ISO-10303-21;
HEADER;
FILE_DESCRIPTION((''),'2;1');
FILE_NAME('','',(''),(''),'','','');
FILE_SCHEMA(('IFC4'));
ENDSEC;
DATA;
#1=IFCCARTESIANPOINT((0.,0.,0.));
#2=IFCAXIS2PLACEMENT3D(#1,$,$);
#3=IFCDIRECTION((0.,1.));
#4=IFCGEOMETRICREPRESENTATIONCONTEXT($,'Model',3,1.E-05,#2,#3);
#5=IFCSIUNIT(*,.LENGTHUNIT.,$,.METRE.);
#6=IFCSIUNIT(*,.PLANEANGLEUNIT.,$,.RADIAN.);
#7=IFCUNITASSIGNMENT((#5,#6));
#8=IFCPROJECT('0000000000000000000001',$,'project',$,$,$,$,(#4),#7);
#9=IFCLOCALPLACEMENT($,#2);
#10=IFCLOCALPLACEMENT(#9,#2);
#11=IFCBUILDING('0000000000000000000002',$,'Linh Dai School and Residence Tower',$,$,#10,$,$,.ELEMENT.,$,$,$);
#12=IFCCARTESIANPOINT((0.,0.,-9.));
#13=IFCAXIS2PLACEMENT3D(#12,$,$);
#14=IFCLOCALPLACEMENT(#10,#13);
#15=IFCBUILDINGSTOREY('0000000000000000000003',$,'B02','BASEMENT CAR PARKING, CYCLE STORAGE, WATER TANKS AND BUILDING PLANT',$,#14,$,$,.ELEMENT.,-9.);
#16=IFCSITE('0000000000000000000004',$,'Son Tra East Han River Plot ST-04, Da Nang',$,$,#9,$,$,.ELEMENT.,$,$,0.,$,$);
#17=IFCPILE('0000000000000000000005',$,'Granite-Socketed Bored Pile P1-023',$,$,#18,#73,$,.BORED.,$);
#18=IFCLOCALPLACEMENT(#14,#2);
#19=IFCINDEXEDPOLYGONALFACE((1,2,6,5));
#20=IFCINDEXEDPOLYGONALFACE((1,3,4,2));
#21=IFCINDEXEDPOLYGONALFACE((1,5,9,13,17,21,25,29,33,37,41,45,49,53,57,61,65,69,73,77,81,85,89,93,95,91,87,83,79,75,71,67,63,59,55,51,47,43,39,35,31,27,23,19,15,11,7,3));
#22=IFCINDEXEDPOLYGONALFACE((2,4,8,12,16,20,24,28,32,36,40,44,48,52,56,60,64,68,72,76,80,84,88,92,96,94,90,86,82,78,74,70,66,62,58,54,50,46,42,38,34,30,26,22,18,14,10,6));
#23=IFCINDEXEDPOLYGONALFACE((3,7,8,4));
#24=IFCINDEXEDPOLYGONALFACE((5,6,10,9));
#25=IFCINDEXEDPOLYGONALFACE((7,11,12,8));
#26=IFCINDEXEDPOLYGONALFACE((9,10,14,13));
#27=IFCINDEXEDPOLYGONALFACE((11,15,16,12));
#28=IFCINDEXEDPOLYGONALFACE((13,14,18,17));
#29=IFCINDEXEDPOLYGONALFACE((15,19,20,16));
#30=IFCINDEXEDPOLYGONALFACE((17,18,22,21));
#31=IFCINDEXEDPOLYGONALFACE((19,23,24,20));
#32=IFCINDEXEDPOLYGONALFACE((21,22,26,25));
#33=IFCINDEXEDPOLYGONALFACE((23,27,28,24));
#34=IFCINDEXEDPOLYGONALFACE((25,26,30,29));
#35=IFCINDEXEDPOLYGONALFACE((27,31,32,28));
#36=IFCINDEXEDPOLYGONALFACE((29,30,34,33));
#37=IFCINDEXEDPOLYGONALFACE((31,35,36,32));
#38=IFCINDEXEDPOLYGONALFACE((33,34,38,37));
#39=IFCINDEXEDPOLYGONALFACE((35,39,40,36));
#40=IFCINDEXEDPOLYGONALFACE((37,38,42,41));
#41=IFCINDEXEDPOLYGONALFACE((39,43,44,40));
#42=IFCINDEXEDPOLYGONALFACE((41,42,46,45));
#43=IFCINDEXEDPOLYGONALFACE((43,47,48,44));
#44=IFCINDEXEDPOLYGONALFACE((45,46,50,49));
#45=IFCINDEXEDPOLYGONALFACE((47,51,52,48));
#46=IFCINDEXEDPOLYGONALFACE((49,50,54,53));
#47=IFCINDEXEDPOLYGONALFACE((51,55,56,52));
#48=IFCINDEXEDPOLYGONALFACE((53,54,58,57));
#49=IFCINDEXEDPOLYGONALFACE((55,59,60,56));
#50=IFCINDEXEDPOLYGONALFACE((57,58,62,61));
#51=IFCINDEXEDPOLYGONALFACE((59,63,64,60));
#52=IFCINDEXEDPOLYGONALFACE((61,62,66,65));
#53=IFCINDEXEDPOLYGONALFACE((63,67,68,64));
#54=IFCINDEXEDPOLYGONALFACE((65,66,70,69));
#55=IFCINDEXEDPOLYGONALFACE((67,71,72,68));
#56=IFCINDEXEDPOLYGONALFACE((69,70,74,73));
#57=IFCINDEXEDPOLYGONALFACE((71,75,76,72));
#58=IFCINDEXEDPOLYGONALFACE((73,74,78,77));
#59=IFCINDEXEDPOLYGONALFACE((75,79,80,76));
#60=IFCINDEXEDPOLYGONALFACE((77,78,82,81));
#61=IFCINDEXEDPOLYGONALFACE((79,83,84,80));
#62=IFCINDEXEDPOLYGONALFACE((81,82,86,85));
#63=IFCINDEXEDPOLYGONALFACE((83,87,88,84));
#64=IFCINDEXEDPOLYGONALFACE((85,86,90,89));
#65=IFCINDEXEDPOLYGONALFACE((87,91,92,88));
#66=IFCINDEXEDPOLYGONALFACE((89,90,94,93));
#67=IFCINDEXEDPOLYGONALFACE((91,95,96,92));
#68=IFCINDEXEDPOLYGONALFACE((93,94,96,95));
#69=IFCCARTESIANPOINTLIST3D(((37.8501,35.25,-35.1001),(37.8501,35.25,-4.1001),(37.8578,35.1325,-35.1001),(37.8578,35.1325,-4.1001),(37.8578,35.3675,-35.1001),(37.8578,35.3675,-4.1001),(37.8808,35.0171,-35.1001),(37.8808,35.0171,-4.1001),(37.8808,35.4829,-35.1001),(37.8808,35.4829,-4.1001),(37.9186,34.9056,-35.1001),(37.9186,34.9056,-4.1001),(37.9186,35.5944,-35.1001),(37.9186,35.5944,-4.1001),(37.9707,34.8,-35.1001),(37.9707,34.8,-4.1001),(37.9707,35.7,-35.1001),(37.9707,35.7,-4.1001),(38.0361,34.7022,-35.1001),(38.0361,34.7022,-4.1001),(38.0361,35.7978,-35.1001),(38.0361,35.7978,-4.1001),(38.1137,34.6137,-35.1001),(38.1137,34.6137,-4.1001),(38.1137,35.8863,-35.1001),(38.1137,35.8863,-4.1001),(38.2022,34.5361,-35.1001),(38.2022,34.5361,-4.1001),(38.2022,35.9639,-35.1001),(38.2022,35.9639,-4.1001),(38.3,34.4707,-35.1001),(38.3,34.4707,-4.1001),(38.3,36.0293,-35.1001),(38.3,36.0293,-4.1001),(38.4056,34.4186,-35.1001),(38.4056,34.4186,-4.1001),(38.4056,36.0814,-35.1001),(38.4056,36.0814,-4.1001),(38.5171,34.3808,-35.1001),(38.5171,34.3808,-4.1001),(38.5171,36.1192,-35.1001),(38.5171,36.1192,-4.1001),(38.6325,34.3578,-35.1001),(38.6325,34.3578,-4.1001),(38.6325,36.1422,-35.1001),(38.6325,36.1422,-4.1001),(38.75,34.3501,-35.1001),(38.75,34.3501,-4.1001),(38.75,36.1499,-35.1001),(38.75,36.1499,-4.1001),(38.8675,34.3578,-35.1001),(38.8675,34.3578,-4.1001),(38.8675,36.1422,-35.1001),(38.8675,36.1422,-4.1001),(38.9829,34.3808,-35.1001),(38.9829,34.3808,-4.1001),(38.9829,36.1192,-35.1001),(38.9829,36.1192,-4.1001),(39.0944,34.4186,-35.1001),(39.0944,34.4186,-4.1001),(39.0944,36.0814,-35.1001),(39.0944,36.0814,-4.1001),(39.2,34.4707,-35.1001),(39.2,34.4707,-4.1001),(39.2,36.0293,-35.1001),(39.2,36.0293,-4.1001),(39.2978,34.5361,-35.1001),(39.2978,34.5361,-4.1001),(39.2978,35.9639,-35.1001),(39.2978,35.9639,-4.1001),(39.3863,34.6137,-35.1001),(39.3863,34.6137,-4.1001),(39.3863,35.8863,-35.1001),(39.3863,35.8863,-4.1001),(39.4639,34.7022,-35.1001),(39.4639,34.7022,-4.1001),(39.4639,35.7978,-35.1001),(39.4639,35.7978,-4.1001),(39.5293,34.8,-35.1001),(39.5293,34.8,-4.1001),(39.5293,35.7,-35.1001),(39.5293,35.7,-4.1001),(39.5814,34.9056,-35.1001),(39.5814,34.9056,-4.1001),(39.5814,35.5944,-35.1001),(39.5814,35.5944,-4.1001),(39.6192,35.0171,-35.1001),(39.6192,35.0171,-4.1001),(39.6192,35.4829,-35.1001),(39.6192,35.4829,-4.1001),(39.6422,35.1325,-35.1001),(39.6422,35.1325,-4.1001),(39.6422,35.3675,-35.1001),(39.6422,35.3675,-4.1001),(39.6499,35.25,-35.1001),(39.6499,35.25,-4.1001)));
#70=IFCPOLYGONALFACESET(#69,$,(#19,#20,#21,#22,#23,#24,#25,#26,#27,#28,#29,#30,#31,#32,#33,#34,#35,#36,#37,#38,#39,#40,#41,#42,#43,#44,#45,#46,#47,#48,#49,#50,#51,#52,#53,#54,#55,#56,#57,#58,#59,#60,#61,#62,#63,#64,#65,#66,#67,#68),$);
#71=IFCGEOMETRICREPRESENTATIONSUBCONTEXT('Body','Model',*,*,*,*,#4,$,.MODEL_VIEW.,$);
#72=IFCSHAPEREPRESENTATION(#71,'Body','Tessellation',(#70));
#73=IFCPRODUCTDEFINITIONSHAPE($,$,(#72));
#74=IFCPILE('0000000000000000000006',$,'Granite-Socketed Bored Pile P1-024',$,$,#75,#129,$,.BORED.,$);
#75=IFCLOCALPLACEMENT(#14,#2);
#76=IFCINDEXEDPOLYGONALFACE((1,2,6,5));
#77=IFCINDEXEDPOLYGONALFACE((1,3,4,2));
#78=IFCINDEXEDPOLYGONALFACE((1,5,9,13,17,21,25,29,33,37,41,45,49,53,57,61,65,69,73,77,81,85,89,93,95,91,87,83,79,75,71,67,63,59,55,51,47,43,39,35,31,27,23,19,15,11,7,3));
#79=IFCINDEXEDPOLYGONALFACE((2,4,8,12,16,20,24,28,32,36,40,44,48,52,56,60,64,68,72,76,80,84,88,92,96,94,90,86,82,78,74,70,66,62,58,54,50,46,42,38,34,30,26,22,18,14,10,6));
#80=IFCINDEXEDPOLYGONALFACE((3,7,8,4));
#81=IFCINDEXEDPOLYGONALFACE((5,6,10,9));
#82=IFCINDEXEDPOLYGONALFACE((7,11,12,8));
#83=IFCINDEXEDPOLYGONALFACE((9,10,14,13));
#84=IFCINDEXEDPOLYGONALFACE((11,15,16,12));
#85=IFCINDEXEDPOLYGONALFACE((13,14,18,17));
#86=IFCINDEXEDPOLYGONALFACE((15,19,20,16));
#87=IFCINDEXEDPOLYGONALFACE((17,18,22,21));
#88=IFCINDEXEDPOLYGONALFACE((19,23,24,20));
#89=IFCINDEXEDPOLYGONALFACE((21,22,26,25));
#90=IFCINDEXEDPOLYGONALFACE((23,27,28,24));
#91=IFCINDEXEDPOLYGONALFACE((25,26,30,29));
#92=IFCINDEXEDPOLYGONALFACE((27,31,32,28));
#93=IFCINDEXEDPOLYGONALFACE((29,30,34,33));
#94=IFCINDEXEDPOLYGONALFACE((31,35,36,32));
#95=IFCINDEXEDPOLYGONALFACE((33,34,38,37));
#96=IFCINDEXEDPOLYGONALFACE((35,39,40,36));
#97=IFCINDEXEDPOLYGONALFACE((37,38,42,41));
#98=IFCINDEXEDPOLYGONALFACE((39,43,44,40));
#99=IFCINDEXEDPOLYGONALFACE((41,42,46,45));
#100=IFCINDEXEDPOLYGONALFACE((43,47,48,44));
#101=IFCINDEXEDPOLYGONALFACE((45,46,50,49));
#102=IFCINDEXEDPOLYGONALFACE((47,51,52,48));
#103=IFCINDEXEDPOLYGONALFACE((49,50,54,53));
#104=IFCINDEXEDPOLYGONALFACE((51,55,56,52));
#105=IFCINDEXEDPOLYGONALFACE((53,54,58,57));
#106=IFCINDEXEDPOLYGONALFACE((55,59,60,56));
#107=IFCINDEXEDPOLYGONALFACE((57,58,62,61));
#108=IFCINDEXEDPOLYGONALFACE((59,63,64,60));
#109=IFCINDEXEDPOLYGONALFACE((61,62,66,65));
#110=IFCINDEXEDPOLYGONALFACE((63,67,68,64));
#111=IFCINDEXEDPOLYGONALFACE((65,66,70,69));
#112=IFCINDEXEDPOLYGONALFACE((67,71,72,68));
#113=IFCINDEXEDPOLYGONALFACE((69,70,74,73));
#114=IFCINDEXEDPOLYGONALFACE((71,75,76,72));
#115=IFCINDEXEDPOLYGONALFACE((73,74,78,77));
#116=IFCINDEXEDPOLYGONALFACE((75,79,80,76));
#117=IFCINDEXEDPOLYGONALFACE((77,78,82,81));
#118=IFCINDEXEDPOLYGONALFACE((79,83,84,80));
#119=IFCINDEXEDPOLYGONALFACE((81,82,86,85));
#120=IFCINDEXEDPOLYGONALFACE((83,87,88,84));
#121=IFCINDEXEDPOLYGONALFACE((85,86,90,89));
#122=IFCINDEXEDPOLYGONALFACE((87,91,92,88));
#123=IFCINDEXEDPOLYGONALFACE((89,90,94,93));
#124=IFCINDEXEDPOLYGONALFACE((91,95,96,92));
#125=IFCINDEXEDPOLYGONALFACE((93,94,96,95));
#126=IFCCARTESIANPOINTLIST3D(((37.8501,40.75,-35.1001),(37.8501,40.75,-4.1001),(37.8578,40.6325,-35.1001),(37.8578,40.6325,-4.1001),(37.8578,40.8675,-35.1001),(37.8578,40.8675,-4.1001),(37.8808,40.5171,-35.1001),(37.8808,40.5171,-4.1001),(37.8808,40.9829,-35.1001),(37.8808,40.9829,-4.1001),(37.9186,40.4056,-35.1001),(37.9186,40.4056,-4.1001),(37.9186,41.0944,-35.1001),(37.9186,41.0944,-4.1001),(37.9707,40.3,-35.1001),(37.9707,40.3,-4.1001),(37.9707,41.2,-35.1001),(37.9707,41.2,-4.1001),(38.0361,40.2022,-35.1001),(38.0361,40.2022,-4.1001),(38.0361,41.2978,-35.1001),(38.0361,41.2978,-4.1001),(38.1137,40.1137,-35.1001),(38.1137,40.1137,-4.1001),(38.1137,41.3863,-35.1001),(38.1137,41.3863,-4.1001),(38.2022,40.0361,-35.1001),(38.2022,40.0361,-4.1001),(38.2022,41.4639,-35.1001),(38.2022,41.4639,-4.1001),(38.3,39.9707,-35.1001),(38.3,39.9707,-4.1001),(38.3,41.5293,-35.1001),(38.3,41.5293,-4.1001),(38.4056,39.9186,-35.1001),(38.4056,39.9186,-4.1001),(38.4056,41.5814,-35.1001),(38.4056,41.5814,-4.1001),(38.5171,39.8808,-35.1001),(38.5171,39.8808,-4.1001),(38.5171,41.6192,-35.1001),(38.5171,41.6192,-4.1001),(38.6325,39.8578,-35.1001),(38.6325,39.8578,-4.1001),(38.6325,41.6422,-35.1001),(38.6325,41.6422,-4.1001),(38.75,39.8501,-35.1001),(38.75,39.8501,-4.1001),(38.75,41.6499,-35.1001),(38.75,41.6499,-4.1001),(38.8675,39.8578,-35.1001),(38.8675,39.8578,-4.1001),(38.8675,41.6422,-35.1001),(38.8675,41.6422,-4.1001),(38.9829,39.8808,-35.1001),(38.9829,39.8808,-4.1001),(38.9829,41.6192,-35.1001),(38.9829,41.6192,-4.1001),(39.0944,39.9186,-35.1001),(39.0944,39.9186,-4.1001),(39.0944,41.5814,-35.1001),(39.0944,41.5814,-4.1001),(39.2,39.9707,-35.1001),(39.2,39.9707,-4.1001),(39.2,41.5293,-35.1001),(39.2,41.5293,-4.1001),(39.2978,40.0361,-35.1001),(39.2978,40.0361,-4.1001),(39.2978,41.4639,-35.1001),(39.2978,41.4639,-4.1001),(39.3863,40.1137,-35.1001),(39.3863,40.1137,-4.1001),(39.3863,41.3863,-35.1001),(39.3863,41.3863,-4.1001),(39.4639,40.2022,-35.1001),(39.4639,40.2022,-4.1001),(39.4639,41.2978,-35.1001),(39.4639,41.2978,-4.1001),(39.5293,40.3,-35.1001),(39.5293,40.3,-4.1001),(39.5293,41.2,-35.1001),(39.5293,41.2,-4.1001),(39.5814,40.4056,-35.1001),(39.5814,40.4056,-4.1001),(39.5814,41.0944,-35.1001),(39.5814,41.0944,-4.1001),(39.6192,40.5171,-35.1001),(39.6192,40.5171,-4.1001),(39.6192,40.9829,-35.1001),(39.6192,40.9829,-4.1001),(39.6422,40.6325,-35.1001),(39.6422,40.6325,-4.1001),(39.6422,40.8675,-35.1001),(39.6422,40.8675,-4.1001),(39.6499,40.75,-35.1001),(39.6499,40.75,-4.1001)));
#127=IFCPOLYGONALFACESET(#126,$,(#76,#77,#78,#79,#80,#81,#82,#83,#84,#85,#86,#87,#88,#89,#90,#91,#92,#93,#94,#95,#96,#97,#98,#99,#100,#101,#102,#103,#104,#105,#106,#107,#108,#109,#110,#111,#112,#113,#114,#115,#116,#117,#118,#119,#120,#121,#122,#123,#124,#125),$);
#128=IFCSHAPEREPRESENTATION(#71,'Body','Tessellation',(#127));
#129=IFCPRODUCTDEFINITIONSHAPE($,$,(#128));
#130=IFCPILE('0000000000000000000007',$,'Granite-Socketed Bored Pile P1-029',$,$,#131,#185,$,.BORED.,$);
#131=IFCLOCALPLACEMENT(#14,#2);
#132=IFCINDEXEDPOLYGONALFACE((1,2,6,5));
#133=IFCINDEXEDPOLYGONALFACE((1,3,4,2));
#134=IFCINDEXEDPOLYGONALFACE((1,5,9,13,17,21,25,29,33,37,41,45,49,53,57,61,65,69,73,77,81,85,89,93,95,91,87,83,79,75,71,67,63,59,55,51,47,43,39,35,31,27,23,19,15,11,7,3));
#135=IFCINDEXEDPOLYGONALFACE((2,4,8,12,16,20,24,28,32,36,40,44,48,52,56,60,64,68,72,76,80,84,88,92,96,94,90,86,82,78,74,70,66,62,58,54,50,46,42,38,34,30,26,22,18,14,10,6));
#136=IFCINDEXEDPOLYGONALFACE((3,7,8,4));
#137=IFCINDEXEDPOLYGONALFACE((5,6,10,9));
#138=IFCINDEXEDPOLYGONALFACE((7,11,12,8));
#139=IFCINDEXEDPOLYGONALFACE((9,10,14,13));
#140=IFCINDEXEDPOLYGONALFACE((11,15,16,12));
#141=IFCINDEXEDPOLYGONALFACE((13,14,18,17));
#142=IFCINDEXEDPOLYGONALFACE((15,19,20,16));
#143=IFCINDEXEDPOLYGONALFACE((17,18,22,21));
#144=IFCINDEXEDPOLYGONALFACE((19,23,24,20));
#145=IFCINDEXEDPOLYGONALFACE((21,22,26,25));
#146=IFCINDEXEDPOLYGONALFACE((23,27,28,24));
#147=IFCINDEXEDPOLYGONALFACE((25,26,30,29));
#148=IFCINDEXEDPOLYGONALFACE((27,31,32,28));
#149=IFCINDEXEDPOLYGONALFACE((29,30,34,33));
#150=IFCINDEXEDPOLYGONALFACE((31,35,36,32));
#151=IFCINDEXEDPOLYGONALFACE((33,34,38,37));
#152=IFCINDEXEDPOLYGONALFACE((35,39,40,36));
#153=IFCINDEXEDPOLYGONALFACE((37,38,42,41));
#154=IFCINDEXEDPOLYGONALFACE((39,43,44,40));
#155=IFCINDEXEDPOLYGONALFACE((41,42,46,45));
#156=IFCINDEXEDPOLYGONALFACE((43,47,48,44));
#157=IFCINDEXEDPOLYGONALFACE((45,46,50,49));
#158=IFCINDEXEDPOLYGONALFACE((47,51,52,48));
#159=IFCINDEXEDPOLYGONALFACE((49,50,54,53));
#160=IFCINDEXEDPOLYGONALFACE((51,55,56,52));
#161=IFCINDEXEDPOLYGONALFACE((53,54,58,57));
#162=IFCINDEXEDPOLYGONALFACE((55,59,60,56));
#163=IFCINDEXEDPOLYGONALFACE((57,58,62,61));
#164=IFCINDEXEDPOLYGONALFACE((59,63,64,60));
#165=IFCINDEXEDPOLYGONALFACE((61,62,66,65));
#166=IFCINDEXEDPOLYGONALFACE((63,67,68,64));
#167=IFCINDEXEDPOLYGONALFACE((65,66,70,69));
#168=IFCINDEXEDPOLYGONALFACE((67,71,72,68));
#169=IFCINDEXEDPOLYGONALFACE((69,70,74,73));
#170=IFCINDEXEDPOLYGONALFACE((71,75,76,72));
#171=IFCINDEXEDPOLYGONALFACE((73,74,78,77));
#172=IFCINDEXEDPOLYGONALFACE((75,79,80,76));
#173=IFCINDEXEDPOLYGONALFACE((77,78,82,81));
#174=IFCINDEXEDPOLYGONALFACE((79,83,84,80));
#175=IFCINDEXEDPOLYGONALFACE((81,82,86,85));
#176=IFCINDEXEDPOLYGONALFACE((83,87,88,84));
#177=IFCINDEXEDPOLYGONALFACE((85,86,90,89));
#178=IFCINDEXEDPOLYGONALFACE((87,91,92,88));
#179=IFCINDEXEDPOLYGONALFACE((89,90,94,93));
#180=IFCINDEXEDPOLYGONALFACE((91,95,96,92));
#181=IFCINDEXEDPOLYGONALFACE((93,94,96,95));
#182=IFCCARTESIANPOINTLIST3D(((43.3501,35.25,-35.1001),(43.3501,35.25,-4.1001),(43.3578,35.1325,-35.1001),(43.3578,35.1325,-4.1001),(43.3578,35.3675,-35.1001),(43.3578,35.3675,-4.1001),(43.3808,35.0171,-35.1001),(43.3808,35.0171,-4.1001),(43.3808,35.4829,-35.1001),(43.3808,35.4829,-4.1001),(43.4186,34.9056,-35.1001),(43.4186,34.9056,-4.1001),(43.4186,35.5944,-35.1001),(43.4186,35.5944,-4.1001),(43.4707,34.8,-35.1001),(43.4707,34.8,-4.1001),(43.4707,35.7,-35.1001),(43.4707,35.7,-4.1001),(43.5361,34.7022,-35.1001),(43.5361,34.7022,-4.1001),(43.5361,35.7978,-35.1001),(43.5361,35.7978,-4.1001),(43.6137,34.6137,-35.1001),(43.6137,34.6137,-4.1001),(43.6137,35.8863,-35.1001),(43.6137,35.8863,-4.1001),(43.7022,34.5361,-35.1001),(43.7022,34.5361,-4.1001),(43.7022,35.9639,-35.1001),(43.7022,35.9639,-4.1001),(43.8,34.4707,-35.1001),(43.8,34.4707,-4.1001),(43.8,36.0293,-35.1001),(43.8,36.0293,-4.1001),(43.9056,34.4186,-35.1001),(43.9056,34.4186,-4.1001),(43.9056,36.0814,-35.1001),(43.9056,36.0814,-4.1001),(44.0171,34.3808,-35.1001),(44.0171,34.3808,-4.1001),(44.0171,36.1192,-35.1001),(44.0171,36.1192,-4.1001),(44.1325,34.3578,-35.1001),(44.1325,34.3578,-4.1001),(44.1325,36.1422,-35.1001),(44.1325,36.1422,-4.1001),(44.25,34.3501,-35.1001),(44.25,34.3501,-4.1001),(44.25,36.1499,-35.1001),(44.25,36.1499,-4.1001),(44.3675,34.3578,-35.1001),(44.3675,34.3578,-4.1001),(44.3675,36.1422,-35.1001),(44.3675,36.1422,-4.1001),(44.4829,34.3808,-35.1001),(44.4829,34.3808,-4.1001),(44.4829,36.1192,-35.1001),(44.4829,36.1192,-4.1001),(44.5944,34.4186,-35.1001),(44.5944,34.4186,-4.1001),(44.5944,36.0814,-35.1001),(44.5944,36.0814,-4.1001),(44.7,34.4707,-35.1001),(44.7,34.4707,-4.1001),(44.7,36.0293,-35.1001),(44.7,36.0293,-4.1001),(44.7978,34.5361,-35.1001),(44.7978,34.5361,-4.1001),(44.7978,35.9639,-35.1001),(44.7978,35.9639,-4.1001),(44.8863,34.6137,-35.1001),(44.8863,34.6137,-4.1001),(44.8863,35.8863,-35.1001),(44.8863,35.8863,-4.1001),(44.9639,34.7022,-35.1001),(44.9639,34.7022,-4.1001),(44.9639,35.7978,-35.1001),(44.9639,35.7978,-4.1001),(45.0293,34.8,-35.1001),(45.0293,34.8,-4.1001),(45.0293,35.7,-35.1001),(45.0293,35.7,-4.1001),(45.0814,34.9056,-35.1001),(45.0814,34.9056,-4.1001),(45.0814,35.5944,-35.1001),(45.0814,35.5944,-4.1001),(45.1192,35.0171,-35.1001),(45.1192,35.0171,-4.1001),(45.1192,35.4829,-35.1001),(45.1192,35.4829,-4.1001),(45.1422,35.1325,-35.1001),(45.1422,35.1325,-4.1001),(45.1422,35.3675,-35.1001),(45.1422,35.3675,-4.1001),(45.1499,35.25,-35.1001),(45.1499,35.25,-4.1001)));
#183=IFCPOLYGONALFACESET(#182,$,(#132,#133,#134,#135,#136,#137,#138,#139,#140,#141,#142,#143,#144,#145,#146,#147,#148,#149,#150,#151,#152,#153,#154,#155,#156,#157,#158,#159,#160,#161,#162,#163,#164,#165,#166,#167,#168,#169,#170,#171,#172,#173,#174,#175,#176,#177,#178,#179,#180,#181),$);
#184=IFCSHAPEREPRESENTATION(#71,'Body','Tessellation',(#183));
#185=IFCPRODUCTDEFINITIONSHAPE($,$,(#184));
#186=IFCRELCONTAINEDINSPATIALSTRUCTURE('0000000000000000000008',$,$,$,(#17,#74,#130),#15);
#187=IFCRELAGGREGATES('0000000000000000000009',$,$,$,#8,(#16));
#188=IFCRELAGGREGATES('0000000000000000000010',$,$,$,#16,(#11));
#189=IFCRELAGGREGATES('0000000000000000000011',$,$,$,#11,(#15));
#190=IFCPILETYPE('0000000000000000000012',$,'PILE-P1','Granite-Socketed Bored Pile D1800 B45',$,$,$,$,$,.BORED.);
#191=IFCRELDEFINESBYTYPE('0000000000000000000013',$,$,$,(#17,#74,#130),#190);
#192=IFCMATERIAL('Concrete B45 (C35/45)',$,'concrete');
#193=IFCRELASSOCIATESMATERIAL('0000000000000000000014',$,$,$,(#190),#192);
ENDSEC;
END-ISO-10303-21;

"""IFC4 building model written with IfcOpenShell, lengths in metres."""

from ifc_helpers import new_model, si_unit, direction, frame, origin, origin_2d, place, context, subcontext, project, spatial, circle, extrude, material, material_profile, profile_set, type_object, element, save


model = new_model("IFC4")

# Units and contexts
model_context = context("Model", 3, precision=1e-05, world=origin(), true_north=direction((0.0, 1.0)))
body_context = subcontext(model_context, "Body", "Model", "MODEL_VIEW")
ifc_project = project(units=[si_unit("LENGTHUNIT", "METRE"), si_unit("PLANEANGLEUNIT", "RADIAN")], contexts=[model_context])

# Site, building, storey
site_placement = place(None, origin())
site = spatial("IfcSite", under=ifc_project, at=site_placement, Name="Son Tra East Han River Plot ST-04, Da Nang", CompositionType="ELEMENT", RefElevation=0.0)
building_placement = place(site_placement, origin())
building = spatial("IfcBuilding", under=site, at=building_placement, Name="Linh Dai School and Residence Tower", CompositionType="ELEMENT")
storey_placement = place(building_placement, frame((0.0, 0.0, -9.0)))
storey = spatial("IfcBuildingStorey", under=building, at=storey_placement, Name="B02", Description="BASEMENT CAR PARKING, CYCLE STORAGE, WATER TANKS AND BUILDING PLANT", CompositionType="ELEMENT", Elevation=-9.0)

# Piles
ifc_material_1 = material(Name="Concrete B45 (C35/45)", Category="concrete")
ifc_material_profile_1 = material_profile(ifc_material_1, circle(Radius=0.8999, at=origin_2d()), Name="PILE D1800")
ifc_profile_set_1 = profile_set([ifc_material_profile_1], Name="Concrete B45 (C35/45)")
pile_type_1 = type_object("IfcPileType", Name="PILE-P1", Description="Granite-Socketed Bored Pile D1800 B45", PredefinedType="BORED", material=ifc_profile_set_1)
for number, where, z_axis, x_axis, name in (
    (1, (38.75, 35.25, -4.1001), (0.0, 0.0, -1.0), (1.0, 0.0, 0.0), "Granite-Socketed Bored Pile P1-023"),
    (2, (38.75, 40.75, -4.1001), (0.0, 0.0, -1.0), (1.0, 0.0, 0.0), "Granite-Socketed Bored Pile P1-024"),
    (3, (44.25, 35.25, -4.1001), (0.0, 0.0, -1.0), (1.0, 0.0, 0.0), "Granite-Socketed Bored Pile P1-029"),
):
    element("IfcPile", number, at=place(storey_placement, frame(where, z_axis=z_axis, x_axis=x_axis)), inside=storey, type_object=pile_type_1, Name=name, PredefinedType="BORED", context=body_context, shape_type="SweptSolid", body=[
        extrude(circle(Radius=0.8999, at=origin_2d()), origin(), (0.0, 0.0, 1.0), 31.0),
    ])

save(model, "model.ifc")
